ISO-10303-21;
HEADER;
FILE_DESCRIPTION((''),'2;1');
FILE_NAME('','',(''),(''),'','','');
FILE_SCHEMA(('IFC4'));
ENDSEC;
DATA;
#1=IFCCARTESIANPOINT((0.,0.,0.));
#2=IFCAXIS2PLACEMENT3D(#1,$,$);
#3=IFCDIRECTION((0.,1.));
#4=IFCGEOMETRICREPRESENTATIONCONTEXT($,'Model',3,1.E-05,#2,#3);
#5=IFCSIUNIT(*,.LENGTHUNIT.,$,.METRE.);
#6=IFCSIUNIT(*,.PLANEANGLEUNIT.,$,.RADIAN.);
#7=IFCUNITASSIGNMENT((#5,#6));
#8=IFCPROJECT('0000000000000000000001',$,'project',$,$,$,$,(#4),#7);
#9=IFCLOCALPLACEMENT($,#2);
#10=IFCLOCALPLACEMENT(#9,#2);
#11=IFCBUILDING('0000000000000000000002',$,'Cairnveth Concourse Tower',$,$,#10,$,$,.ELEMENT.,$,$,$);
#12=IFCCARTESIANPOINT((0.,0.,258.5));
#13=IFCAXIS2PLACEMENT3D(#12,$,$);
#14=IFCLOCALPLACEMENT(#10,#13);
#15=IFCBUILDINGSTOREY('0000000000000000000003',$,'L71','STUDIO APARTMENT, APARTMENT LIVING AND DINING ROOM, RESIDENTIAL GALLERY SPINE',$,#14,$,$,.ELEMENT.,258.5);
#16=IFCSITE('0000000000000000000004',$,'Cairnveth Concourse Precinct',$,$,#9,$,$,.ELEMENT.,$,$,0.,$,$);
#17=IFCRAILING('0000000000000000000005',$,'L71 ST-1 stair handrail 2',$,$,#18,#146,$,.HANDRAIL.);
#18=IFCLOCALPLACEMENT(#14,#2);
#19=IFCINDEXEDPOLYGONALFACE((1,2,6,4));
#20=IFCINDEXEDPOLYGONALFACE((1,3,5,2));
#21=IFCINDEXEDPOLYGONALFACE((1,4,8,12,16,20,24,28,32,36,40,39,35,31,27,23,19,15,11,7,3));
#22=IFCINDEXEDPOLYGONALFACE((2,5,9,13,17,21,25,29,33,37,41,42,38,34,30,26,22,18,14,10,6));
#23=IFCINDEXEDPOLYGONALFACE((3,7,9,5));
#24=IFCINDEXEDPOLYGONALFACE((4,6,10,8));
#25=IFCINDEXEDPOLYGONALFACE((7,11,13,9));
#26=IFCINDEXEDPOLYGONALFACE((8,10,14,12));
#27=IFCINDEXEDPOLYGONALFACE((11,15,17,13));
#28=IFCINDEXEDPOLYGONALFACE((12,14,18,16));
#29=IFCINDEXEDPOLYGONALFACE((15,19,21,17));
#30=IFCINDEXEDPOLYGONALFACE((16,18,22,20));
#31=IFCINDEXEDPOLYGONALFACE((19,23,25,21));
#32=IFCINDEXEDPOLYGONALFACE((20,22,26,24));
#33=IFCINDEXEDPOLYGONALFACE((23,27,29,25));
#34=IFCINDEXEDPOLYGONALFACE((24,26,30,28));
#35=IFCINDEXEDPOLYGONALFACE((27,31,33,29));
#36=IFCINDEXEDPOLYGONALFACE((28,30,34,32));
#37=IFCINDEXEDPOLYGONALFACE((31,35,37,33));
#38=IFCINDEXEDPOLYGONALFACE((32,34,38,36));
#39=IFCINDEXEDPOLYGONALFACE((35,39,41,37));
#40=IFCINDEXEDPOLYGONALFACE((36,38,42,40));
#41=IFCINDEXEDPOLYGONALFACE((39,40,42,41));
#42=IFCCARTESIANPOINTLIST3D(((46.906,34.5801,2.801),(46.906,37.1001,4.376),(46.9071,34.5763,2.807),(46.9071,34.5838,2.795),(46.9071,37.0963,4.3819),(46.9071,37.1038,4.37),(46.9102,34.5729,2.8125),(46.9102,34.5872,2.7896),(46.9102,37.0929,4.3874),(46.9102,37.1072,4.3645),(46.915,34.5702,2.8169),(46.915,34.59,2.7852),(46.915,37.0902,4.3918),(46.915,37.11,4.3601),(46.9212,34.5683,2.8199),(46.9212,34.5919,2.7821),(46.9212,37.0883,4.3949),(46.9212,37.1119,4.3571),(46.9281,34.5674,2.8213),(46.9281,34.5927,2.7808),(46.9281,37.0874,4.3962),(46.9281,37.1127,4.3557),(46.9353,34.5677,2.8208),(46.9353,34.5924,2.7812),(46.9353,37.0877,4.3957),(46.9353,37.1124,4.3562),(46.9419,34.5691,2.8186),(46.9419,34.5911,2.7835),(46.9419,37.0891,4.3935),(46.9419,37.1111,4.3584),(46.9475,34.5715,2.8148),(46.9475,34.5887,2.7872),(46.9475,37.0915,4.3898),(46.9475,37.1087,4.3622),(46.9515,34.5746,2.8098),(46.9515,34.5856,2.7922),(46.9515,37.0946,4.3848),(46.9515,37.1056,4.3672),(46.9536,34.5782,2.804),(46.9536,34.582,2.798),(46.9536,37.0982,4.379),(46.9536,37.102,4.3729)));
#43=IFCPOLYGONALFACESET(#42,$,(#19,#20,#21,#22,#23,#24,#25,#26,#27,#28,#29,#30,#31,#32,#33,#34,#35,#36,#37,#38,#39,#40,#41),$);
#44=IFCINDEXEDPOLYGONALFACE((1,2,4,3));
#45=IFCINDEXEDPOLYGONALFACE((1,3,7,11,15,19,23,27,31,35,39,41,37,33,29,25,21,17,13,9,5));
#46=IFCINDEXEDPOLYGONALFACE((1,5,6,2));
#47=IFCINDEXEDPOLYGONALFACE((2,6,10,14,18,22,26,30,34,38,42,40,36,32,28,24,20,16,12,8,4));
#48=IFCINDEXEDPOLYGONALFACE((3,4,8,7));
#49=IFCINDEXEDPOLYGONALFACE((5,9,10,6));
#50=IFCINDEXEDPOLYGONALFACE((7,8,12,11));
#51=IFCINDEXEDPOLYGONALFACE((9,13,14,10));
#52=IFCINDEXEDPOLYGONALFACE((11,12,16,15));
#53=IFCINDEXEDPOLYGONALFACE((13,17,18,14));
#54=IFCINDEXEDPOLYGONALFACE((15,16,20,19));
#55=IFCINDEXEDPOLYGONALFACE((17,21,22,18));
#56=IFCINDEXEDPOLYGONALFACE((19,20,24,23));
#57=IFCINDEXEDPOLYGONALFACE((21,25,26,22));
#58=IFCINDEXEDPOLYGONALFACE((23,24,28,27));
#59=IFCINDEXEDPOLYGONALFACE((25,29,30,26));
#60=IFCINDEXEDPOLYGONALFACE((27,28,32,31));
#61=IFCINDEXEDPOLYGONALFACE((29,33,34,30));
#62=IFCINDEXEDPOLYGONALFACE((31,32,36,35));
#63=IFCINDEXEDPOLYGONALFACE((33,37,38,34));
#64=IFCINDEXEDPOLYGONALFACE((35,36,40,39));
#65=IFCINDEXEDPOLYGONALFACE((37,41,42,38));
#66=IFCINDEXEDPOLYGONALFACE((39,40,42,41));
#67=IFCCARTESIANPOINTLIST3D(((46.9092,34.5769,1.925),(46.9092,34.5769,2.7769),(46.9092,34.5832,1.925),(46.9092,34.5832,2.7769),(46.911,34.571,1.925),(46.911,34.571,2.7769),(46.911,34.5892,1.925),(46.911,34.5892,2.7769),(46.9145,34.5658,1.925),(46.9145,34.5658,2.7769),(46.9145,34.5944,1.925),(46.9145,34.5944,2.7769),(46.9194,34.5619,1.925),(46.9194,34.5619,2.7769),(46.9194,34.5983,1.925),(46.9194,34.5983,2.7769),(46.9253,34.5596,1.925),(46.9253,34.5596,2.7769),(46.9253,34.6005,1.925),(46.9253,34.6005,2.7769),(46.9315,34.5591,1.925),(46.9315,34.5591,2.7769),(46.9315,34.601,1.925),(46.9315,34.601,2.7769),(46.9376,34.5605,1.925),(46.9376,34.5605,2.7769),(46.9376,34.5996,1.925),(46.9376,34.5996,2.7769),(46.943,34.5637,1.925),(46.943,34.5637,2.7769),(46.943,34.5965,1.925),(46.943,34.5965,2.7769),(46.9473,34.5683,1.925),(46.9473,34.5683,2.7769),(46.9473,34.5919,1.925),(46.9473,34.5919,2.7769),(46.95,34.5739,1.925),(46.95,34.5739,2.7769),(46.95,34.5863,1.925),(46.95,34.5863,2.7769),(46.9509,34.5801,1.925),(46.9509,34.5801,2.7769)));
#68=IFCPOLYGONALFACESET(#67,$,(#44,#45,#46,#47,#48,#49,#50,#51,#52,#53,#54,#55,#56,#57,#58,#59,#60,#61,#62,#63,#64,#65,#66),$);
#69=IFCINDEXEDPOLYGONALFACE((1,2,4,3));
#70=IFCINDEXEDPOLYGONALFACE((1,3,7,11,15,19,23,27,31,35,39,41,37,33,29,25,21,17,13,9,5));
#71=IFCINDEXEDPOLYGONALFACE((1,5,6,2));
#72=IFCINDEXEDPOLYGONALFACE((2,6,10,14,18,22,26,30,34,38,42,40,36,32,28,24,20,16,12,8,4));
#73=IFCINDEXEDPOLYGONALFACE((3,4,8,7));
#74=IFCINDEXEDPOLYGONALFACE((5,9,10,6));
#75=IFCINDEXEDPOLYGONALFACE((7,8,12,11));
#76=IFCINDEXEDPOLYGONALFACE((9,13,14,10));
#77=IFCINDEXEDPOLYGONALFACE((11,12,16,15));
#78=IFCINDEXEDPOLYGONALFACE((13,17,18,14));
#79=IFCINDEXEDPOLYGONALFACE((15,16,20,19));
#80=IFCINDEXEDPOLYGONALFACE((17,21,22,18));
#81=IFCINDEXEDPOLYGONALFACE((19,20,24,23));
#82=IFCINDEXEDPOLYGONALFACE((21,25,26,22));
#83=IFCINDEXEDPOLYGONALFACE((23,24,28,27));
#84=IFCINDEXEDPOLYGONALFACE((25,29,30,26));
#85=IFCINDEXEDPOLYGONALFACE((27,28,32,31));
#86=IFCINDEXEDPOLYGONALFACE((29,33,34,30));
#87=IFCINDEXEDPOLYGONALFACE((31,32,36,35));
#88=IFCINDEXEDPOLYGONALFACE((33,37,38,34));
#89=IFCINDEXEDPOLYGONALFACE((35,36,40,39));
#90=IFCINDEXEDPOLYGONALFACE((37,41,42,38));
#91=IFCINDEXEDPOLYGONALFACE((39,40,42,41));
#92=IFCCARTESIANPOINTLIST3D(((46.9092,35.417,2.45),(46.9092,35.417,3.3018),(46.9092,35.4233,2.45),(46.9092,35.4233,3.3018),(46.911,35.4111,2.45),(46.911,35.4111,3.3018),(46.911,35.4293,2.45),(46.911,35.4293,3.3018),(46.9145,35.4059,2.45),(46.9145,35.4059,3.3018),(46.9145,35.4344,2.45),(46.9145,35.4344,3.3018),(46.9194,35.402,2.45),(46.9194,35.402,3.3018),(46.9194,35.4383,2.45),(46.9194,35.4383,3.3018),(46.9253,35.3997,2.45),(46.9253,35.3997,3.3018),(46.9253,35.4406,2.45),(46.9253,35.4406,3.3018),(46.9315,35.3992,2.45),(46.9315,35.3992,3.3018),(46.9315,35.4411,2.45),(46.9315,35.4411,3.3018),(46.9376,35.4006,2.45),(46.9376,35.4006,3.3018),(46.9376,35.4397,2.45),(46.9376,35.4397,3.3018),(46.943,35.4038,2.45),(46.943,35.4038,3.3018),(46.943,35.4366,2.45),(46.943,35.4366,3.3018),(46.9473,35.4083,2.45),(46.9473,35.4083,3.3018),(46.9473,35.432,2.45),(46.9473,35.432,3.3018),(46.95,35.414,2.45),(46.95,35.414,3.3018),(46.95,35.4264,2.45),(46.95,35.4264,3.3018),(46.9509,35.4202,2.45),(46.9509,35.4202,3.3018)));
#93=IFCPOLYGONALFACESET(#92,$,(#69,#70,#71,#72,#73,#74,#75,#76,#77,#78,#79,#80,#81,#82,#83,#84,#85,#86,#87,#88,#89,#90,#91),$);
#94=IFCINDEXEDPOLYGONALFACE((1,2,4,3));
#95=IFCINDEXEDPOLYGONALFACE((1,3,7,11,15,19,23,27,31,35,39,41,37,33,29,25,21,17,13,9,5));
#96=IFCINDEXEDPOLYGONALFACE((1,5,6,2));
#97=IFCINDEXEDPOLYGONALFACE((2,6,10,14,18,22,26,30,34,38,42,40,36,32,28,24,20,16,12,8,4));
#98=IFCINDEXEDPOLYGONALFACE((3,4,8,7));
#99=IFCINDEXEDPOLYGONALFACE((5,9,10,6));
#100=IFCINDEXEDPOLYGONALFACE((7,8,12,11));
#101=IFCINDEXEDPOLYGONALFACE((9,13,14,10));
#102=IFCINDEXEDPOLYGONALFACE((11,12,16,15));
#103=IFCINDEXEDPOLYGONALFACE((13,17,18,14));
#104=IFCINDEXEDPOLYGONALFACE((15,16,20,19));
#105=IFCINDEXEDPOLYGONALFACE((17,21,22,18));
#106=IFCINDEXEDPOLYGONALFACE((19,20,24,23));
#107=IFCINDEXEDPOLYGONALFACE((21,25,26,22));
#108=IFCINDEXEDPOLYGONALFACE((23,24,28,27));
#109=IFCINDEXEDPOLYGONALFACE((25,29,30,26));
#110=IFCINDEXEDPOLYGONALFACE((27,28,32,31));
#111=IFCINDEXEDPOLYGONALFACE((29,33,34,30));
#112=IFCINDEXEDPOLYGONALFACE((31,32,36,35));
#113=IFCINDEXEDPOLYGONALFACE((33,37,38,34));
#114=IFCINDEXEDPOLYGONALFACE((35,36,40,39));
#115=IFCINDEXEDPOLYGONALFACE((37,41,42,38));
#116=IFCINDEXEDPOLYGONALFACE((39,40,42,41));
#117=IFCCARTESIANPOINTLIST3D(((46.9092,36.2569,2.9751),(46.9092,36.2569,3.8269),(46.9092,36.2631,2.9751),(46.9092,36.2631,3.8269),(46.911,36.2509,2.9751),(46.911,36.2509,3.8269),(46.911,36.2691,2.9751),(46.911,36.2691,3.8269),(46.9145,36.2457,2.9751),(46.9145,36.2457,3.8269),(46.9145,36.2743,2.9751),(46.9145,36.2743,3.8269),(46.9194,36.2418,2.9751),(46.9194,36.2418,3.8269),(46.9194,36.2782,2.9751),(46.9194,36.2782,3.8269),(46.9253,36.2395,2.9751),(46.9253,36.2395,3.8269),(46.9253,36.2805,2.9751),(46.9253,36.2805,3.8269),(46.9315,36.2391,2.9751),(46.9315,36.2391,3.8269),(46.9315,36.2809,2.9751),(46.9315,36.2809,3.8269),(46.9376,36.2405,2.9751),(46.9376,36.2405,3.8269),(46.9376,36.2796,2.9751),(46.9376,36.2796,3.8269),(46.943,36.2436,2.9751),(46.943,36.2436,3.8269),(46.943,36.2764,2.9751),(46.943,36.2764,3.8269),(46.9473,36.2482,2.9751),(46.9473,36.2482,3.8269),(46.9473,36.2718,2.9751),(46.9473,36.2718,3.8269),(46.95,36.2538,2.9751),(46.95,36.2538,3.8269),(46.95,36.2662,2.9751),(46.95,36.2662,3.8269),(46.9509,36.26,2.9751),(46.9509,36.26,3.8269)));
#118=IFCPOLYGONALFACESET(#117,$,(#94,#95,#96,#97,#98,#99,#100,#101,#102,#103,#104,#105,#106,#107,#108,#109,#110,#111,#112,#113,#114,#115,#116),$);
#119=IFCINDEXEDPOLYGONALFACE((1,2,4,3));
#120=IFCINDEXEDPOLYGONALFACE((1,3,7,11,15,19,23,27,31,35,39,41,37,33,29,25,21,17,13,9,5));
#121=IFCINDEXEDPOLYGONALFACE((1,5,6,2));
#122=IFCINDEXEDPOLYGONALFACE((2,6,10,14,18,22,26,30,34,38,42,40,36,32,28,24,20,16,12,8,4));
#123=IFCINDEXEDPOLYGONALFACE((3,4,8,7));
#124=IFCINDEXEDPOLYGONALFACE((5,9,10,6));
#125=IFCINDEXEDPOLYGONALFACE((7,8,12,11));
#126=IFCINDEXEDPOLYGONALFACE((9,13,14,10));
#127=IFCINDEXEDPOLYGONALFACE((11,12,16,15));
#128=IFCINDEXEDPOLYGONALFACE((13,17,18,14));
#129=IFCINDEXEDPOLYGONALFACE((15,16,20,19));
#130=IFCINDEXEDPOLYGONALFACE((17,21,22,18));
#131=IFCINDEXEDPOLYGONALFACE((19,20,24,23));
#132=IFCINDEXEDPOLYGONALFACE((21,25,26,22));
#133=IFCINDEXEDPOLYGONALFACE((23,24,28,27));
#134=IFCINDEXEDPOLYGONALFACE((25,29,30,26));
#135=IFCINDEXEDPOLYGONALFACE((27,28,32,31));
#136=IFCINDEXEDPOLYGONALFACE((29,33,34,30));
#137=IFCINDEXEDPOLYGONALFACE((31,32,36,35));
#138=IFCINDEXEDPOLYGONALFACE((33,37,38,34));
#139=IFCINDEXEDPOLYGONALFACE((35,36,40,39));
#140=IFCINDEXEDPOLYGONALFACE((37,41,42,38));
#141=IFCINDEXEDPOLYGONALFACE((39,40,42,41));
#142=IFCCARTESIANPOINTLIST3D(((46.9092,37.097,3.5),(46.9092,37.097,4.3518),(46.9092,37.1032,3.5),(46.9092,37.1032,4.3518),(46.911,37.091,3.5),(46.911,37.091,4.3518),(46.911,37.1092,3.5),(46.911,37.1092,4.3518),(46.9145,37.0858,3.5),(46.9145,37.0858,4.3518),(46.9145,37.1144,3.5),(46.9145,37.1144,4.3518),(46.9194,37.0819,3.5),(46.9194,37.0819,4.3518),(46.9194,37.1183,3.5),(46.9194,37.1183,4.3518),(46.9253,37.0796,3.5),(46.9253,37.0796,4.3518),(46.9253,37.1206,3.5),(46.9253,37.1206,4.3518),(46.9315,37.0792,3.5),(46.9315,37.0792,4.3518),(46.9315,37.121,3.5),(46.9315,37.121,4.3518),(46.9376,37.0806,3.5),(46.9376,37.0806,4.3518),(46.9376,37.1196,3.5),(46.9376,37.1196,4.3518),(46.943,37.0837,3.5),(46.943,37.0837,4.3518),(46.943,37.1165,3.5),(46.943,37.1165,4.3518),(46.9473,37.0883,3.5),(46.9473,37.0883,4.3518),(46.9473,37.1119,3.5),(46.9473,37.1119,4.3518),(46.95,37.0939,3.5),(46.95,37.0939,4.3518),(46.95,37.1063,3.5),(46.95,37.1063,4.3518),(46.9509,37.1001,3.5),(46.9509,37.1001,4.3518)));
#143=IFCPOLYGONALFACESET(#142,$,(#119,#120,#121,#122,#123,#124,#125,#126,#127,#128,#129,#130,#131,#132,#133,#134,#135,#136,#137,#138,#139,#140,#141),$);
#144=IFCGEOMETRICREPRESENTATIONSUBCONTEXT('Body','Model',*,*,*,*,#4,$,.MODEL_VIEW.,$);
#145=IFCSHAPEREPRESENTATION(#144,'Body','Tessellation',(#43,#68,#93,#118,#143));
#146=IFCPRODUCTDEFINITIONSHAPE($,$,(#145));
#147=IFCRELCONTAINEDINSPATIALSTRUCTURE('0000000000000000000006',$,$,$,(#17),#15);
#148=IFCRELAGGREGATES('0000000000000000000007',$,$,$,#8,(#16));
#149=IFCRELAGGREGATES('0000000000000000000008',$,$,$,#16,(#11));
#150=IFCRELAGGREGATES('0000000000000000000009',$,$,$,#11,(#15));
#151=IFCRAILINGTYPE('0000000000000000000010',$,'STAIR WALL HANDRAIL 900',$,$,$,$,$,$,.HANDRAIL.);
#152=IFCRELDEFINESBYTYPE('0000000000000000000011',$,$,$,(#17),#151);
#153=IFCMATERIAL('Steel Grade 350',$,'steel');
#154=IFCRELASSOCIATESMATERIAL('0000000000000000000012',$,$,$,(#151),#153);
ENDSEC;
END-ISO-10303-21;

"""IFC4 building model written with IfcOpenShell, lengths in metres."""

from ifc_helpers import new_model, si_unit, direction, frame, origin, origin_2d, place, context, subcontext, project, spatial, circle, extrude, material, type_object, element, save


model = new_model("IFC4")

# Units and contexts
model_context = context("Model", 3, precision=1e-05, world=origin(), true_north=direction((0.0, 1.0)))
body_context = subcontext(model_context, "Body", "Model", "MODEL_VIEW")
ifc_project = project(units=[si_unit("LENGTHUNIT", "METRE"), si_unit("PLANEANGLEUNIT", "RADIAN")], contexts=[model_context])

# Site, building, storey
site_placement = place(None, origin())
site = spatial("IfcSite", under=ifc_project, at=site_placement, Name="Cairnveth Concourse Precinct", CompositionType="ELEMENT", RefElevation=0.0)
building_placement = place(site_placement, origin())
building = spatial("IfcBuilding", under=site, at=building_placement, Name="Cairnveth Concourse Tower", CompositionType="ELEMENT")
storey_placement = place(building_placement, frame((0.0, 0.0, 258.5)))
storey = spatial("IfcBuildingStorey", under=building, at=storey_placement, Name="L71", Description="STUDIO APARTMENT, APARTMENT LIVING AND DINING ROOM, RESIDENTIAL GALLERY SPINE", CompositionType="ELEMENT", Elevation=258.5)

# Shared definitions
ifc_material_1 = material(Name="Steel Grade 350", Category="steel")

# Railing
railing_type_1 = type_object("IfcRailingType", Name="STAIR WALL HANDRAIL 900", PredefinedType="HANDRAIL", material=ifc_material_1)
railing_1_placement = place(storey_placement, frame((46.9299, 34.5801, 1.925)))
element("IfcRailing", 1, at=railing_1_placement, inside=storey, type_object=railing_type_1, Name="L71 ST-1 stair handrail 2", PredefinedType="HANDRAIL", context=body_context, shape_type="SweptSolid", body=[
    extrude(circle(Radius=0.0239, at=origin_2d()), frame((0.0, 0.0, 0.876), z_axis=(0.0, 0.848008, 0.529984), x_axis=(-1.0, 0.0, 0.0)), (0.0, 0.0, 1.0), 2.9717),
    extrude(circle(Radius=0.021, at=origin_2d()), origin(), (0.0, 0.0, 1.0), 0.8518),
    extrude(circle(Radius=0.021, at=origin_2d()), frame((0.0, 0.8401, 0.5249)), (0.0, 0.0, 1.0), 0.8518),
    extrude(circle(Radius=0.021, at=origin_2d()), frame((0.0, 1.6799, 1.05)), (0.0, 0.0, 1.0), 0.8518),
    extrude(circle(Radius=0.021, at=origin_2d()), frame((0.0, 2.52, 1.575)), (0.0, 0.0, 1.0), 0.8518),
])

save(model, "model.ifc")
